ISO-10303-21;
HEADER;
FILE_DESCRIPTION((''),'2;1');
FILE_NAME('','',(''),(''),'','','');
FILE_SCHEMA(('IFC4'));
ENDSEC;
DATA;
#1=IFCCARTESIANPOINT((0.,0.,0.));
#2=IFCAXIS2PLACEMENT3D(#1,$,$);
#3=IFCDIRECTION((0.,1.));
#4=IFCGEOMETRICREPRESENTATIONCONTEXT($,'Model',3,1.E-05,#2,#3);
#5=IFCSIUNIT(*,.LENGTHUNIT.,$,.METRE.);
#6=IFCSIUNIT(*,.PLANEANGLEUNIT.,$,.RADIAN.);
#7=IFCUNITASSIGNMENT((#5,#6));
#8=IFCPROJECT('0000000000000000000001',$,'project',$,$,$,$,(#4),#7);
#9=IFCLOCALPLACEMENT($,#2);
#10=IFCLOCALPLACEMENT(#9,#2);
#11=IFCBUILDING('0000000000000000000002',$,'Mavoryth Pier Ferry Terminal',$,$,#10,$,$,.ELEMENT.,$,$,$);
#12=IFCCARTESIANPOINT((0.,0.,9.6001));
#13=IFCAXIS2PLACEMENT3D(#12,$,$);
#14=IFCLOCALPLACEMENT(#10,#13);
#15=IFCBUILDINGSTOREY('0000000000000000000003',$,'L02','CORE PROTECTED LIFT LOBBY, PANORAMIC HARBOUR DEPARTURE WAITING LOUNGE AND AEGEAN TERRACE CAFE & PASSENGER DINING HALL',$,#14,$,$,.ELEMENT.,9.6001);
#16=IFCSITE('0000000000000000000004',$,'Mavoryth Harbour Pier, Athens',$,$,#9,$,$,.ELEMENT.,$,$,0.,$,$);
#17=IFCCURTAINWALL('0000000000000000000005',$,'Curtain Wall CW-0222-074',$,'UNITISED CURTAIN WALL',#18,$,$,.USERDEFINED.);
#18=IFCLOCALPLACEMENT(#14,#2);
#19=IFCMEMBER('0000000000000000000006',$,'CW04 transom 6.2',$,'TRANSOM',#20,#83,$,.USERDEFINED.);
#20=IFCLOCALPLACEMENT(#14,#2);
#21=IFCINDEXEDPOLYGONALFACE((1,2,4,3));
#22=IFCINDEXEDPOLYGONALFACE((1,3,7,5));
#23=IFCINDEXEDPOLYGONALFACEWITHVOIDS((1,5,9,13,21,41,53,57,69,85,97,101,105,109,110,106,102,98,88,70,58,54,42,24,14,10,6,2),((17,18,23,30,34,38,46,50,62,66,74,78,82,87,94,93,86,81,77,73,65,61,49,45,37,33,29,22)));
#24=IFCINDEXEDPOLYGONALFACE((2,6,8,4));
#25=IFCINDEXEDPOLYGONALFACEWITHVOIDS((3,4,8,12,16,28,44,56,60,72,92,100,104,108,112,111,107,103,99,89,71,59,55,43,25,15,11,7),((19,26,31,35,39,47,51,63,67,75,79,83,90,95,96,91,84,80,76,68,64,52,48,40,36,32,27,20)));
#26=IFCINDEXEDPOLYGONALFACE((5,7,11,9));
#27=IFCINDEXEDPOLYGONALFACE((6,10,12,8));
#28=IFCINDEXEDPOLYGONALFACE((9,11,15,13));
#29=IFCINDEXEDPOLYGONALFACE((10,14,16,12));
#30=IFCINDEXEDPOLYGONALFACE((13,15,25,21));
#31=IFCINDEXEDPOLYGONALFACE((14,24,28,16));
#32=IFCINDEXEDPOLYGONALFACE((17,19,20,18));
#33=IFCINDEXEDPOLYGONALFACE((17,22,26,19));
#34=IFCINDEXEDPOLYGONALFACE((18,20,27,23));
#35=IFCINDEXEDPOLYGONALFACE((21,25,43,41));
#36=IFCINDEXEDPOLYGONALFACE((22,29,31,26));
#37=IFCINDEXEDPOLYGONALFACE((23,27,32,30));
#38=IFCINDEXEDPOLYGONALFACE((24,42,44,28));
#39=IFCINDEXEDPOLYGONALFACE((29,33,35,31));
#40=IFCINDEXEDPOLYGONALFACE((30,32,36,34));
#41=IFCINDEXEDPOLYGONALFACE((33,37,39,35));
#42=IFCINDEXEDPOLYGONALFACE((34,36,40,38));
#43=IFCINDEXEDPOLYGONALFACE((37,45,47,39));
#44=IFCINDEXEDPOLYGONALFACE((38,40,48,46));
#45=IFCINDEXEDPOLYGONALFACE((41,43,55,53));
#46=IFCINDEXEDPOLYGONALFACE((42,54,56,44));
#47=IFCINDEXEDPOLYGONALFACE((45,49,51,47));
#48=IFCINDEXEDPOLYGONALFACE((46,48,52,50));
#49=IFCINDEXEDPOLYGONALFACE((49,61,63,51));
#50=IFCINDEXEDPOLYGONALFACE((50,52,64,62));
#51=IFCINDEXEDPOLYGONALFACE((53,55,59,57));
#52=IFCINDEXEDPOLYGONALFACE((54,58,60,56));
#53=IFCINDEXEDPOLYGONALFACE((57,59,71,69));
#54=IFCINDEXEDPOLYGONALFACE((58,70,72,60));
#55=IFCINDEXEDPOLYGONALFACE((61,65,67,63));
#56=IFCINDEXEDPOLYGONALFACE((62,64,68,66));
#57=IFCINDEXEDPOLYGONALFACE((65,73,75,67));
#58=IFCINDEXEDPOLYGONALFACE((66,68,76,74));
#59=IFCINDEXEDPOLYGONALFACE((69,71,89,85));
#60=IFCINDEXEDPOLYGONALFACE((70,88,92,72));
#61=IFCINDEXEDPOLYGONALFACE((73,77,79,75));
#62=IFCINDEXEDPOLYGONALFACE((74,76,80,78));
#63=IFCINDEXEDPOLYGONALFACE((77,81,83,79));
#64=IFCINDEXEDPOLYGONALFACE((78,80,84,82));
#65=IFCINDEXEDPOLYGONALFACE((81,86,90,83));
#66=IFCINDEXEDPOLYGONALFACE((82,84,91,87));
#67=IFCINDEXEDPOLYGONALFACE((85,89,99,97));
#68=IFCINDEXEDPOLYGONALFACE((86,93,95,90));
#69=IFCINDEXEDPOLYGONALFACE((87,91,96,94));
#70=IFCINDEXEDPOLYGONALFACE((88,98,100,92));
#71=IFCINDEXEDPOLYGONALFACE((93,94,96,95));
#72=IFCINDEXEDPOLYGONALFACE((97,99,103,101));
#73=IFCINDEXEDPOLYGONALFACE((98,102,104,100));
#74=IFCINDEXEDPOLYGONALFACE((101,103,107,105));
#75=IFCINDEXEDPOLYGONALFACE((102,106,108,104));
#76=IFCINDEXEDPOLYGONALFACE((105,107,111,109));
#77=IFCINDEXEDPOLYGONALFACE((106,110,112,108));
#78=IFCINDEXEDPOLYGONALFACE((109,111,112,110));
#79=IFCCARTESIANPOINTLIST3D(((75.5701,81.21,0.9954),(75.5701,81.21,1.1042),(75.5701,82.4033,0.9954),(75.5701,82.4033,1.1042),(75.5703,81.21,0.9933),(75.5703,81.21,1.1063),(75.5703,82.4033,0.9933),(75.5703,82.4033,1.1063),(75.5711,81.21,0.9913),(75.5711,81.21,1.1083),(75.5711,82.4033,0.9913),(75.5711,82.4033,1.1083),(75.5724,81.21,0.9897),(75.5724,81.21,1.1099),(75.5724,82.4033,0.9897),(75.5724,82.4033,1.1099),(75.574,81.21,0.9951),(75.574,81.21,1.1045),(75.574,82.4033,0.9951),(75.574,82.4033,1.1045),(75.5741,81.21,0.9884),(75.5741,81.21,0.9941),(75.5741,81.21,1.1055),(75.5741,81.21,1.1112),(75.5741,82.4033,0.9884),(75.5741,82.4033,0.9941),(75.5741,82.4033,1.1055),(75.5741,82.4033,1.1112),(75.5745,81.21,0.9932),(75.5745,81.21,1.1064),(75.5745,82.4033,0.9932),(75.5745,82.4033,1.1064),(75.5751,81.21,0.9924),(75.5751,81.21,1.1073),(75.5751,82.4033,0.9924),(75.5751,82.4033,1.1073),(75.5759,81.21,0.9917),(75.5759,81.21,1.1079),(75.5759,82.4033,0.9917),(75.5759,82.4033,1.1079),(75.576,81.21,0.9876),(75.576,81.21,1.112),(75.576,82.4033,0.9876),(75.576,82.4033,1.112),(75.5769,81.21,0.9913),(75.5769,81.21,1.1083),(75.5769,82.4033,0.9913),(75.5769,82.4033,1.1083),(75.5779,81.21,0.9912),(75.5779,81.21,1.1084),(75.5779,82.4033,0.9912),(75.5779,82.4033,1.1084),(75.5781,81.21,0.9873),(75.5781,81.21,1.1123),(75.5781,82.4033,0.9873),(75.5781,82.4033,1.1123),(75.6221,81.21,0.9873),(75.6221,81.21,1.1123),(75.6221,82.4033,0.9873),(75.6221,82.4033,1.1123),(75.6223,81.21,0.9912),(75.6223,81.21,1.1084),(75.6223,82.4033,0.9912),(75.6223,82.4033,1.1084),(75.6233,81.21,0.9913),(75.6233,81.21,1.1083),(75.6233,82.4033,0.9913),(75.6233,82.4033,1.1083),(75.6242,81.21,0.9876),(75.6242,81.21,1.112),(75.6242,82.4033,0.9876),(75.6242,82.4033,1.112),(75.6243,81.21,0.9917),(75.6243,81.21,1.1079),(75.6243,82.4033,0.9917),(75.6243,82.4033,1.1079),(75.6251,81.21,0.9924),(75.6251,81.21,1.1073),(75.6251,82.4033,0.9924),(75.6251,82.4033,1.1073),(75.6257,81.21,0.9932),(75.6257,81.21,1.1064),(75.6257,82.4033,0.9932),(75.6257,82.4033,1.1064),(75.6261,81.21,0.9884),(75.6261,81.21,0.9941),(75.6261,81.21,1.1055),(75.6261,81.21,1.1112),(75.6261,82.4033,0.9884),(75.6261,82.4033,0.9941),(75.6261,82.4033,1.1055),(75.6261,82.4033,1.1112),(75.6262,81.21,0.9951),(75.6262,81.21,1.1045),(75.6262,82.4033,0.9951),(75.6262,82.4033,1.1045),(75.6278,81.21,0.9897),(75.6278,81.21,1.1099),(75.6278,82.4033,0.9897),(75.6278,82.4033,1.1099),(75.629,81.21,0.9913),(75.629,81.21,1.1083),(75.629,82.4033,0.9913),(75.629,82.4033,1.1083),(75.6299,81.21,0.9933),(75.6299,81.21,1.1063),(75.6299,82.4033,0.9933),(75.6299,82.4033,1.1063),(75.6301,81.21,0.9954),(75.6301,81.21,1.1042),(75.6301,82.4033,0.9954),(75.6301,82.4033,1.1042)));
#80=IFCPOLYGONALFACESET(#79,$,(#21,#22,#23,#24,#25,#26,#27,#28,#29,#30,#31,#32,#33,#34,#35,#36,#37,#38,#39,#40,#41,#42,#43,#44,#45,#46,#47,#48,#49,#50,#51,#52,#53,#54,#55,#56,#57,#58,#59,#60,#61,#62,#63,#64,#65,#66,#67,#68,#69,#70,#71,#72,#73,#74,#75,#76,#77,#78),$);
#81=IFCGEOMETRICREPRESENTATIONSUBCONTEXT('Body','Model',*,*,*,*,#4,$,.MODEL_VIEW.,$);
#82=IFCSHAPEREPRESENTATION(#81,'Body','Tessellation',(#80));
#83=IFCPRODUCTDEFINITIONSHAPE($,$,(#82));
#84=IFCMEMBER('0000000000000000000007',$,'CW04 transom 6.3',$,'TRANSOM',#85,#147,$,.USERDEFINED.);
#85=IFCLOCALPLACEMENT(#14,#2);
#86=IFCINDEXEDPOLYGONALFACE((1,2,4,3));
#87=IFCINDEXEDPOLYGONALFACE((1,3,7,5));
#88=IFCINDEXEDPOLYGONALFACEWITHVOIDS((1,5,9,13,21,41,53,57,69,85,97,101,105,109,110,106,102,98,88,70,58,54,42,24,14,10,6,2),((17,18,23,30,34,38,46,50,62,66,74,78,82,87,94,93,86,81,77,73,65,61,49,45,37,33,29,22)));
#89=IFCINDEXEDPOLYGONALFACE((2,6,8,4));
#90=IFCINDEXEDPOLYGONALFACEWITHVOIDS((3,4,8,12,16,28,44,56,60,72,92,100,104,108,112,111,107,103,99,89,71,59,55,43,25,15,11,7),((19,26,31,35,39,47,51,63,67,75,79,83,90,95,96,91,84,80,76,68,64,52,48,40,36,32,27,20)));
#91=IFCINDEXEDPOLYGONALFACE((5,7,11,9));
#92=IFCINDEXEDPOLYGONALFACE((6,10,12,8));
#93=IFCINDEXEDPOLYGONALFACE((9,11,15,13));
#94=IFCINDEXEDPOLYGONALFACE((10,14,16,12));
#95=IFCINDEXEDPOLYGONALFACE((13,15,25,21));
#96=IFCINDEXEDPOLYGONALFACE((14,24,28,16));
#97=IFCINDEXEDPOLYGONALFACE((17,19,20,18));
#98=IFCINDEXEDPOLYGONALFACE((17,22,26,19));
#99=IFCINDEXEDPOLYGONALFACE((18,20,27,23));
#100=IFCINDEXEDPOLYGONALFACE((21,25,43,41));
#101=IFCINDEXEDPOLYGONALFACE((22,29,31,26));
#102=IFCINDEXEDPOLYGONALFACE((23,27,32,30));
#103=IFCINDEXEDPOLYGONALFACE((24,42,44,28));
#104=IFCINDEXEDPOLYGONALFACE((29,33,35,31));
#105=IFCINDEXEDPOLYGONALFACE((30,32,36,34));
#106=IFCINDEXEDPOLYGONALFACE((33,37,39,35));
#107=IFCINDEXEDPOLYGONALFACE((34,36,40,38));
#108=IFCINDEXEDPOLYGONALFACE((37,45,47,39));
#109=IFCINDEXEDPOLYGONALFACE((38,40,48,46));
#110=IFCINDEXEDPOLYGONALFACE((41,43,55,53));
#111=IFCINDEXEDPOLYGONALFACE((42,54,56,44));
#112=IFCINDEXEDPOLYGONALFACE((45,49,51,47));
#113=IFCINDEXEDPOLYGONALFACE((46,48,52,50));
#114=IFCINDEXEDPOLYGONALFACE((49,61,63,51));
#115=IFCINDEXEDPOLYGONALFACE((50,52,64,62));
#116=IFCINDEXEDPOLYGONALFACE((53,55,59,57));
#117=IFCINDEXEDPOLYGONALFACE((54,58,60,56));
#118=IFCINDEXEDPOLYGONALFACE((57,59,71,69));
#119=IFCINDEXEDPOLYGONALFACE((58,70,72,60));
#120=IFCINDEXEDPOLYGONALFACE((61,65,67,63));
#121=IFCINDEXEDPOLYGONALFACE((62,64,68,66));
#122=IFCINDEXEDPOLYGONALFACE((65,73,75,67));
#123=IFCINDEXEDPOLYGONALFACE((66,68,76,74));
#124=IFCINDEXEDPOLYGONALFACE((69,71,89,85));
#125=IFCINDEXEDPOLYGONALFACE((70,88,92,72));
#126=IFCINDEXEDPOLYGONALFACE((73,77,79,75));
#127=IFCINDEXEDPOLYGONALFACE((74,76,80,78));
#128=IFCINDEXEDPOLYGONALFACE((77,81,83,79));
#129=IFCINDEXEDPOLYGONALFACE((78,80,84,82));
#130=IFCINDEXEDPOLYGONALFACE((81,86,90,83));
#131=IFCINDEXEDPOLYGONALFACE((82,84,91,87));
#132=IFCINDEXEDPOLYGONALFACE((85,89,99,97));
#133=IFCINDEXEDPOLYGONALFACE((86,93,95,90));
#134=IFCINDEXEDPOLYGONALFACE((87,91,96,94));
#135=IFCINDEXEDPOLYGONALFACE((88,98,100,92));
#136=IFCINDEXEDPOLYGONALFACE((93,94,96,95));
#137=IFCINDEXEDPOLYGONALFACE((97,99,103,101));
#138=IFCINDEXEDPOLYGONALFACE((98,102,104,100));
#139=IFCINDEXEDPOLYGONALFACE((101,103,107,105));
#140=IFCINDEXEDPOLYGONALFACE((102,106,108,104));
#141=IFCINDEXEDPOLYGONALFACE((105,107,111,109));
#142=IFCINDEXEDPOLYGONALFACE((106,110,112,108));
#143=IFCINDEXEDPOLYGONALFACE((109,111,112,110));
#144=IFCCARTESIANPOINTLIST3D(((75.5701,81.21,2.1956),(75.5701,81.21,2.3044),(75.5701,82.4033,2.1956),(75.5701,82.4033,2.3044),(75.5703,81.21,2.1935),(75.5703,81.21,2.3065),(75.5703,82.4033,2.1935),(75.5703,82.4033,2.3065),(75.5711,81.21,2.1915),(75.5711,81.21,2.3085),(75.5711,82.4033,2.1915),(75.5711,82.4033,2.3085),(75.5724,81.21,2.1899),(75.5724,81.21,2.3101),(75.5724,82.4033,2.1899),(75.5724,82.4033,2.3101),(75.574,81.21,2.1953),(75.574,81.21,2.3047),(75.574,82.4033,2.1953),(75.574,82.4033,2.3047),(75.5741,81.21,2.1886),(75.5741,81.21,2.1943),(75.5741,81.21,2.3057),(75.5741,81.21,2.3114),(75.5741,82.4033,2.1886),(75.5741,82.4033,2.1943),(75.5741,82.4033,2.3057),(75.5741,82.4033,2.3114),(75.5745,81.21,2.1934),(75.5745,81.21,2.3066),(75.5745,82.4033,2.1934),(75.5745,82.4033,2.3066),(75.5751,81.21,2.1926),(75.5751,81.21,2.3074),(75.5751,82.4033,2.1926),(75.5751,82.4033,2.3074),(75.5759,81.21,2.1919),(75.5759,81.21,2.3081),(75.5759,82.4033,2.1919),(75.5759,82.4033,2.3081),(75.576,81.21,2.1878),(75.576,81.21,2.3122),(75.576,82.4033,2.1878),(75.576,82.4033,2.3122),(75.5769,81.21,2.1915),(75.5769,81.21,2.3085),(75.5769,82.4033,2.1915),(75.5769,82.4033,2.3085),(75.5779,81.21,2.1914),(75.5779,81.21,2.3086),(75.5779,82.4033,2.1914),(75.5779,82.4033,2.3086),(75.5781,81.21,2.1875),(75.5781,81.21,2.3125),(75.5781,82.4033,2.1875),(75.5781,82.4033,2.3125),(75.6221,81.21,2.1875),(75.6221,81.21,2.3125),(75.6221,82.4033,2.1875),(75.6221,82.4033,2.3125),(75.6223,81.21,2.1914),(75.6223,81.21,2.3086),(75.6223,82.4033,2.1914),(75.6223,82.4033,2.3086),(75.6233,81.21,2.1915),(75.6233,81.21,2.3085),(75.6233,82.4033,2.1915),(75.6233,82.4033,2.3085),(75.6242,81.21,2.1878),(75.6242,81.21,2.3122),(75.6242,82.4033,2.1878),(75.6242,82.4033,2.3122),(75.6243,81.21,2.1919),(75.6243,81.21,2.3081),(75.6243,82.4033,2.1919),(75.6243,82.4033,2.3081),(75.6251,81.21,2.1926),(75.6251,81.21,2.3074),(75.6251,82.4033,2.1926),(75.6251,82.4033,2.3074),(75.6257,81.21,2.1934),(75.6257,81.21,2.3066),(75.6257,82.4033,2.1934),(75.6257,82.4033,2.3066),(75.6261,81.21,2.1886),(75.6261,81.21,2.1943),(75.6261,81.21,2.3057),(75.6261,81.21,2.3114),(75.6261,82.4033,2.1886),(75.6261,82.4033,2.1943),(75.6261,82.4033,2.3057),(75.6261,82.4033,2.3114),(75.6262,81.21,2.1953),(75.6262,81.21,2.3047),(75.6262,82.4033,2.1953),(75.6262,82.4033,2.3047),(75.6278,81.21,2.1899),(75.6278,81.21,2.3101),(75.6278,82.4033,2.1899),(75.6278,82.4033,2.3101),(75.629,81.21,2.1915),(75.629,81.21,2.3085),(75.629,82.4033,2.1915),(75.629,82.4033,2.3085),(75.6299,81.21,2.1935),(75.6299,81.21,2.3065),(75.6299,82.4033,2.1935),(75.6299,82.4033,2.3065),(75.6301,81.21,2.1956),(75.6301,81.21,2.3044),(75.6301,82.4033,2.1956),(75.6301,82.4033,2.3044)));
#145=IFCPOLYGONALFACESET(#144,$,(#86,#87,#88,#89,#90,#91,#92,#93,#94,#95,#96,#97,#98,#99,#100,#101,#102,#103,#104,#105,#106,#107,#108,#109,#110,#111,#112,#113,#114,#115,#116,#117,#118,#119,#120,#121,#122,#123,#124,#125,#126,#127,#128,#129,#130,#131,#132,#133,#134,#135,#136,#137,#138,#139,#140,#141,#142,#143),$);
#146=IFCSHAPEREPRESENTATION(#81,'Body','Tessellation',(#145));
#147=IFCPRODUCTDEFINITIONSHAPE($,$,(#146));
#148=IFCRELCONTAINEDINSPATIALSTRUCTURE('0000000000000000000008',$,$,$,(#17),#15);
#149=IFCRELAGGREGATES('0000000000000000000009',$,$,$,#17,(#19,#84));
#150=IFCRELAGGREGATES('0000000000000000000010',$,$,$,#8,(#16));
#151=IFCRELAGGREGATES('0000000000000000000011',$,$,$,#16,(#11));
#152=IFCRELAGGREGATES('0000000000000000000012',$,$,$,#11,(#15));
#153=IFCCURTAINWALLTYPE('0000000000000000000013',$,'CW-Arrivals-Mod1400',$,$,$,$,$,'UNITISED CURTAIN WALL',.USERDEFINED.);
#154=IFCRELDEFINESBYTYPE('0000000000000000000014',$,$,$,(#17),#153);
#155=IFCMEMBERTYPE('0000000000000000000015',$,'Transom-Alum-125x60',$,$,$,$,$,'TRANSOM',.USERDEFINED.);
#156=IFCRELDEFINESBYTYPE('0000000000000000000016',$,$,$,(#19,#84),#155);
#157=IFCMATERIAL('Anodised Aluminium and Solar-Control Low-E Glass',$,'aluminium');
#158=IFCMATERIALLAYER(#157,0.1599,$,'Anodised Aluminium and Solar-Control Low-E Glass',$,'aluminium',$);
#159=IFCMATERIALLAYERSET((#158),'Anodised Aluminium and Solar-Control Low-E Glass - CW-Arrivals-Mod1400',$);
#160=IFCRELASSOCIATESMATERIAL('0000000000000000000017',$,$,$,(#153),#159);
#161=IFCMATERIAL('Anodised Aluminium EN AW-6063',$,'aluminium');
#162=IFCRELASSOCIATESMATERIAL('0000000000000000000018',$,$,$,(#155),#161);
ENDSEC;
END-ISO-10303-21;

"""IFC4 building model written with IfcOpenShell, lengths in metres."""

from ifc_helpers import new_model, si_unit, direction, frame, origin, origin_2d, place, context, subcontext, project, spatial, hollow_rectangle, extrude, material, layer, layer_set, material_profile, profile_set, type_object, element, aggregate, save


model = new_model("IFC4")

# Units and contexts
model_context = context("Model", 3, precision=1e-05, world=origin(), true_north=direction((0.0, 1.0)))
body_context = subcontext(model_context, "Body", "Model", "MODEL_VIEW")
ifc_project = project(units=[si_unit("LENGTHUNIT", "METRE"), si_unit("PLANEANGLEUNIT", "RADIAN")], contexts=[model_context])

# Site, building, storey
site_placement = place(None, origin())
site = spatial("IfcSite", under=ifc_project, at=site_placement, Name="Mavoryth Harbour Pier, Athens", CompositionType="ELEMENT", RefElevation=0.0)
building_placement = place(site_placement, origin())
building = spatial("IfcBuilding", under=site, at=building_placement, Name="Mavoryth Pier Ferry Terminal", CompositionType="ELEMENT")
storey_placement = place(building_placement, frame((0.0, 0.0, 9.6001)))
storey = spatial("IfcBuildingStorey", under=building, at=storey_placement, Name="L02", Description="CORE PROTECTED LIFT LOBBY, PANORAMIC HARBOUR DEPARTURE WAITING LOUNGE AND AEGEAN TERRACE CAFE & PASSENGER DINING HALL", CompositionType="ELEMENT", Elevation=9.6001)

# Shared definitions
ifc_material_1 = material(Name="Anodised Aluminium and Solar-Control Low-E Glass", Category="aluminium")
ifc_layer_1 = layer(ifc_material_1, 0.1599, Name="Anodised Aluminium and Solar-Control Low-E Glass", Category="aluminium")
ifc_layer_set_1 = layer_set([ifc_layer_1], Name="Anodised Aluminium and Solar-Control Low-E Glass - CW-Arrivals-Mod1400")
curtain_wall_type = type_object("IfcCurtainWallType", Name="CW-Arrivals-Mod1400", ElementType="UNITISED CURTAIN WALL", PredefinedType="USERDEFINED", material=ifc_layer_set_1)
ifc_material_2 = material(Name="Anodised Aluminium EN AW-6063", Category="aluminium")

# Curtain wall
curtain_wall_1_placement = place(storey_placement, origin())
curtain_wall_1 = element("IfcCurtainWall", 1, at=curtain_wall_1_placement, inside=storey, type_object=curtain_wall_type, Name="Curtain Wall CW-0222-074", ObjectType="UNITISED CURTAIN WALL", PredefinedType="USERDEFINED")

# Members
ifc_material_profile_1 = material_profile(ifc_material_2, hollow_rectangle(XDim=0.0601, YDim=0.125, WallThickness=0.0039, InnerFilletRadius=0.0039, OuterFilletRadius=0.0081, at=origin_2d()), Name="AL-TRAN 125x60x4", Category="aluminium")
ifc_profile_set_1 = profile_set([ifc_material_profile_1], Name="Anodised Aluminium EN AW-6063 - AL-TRAN 125x60x4")
member_type_1 = type_object("IfcMemberType", Name="Transom-Alum-125x60", ElementType="TRANSOM", PredefinedType="USERDEFINED", material=ifc_profile_set_1)
member_1_placement = place(storey_placement, frame((75.6001, 82.4033, 1.0498), z_axis=(0.0, -1.0, 0.0), x_axis=(1.0, 0.0, 0.0)))
member_1 = element("IfcMember", 2, at=member_1_placement, type_object=member_type_1, Name="CW04 transom 6.2", ObjectType="TRANSOM", PredefinedType="USERDEFINED", context=body_context, shape_type="SweptSolid", body=[
    extrude(hollow_rectangle(XDim=0.0601, YDim=0.125, WallThickness=0.0039, InnerFilletRadius=0.0039, OuterFilletRadius=0.0081, at=origin_2d()), origin(), (0.0, 0.0, 1.0), 1.1934),
])
member_2_placement = place(storey_placement, frame((75.6001, 82.4033, 2.25), z_axis=(0.0, -1.0, 0.0), x_axis=(1.0, 0.0, 0.0)))
member_2 = element("IfcMember", 3, at=member_2_placement, type_object=member_type_1, Name="CW04 transom 6.3", ObjectType="TRANSOM", PredefinedType="USERDEFINED", context=body_context, shape_type="SweptSolid", body=[
    extrude(hollow_rectangle(XDim=0.0601, YDim=0.125, WallThickness=0.0039, InnerFilletRadius=0.0039, OuterFilletRadius=0.0081, at=origin_2d()), origin(), (0.0, 0.0, 1.0), 1.1934),
])

aggregate(curtain_wall_1, [member_1, member_2])

save(model, "model.ifc")
